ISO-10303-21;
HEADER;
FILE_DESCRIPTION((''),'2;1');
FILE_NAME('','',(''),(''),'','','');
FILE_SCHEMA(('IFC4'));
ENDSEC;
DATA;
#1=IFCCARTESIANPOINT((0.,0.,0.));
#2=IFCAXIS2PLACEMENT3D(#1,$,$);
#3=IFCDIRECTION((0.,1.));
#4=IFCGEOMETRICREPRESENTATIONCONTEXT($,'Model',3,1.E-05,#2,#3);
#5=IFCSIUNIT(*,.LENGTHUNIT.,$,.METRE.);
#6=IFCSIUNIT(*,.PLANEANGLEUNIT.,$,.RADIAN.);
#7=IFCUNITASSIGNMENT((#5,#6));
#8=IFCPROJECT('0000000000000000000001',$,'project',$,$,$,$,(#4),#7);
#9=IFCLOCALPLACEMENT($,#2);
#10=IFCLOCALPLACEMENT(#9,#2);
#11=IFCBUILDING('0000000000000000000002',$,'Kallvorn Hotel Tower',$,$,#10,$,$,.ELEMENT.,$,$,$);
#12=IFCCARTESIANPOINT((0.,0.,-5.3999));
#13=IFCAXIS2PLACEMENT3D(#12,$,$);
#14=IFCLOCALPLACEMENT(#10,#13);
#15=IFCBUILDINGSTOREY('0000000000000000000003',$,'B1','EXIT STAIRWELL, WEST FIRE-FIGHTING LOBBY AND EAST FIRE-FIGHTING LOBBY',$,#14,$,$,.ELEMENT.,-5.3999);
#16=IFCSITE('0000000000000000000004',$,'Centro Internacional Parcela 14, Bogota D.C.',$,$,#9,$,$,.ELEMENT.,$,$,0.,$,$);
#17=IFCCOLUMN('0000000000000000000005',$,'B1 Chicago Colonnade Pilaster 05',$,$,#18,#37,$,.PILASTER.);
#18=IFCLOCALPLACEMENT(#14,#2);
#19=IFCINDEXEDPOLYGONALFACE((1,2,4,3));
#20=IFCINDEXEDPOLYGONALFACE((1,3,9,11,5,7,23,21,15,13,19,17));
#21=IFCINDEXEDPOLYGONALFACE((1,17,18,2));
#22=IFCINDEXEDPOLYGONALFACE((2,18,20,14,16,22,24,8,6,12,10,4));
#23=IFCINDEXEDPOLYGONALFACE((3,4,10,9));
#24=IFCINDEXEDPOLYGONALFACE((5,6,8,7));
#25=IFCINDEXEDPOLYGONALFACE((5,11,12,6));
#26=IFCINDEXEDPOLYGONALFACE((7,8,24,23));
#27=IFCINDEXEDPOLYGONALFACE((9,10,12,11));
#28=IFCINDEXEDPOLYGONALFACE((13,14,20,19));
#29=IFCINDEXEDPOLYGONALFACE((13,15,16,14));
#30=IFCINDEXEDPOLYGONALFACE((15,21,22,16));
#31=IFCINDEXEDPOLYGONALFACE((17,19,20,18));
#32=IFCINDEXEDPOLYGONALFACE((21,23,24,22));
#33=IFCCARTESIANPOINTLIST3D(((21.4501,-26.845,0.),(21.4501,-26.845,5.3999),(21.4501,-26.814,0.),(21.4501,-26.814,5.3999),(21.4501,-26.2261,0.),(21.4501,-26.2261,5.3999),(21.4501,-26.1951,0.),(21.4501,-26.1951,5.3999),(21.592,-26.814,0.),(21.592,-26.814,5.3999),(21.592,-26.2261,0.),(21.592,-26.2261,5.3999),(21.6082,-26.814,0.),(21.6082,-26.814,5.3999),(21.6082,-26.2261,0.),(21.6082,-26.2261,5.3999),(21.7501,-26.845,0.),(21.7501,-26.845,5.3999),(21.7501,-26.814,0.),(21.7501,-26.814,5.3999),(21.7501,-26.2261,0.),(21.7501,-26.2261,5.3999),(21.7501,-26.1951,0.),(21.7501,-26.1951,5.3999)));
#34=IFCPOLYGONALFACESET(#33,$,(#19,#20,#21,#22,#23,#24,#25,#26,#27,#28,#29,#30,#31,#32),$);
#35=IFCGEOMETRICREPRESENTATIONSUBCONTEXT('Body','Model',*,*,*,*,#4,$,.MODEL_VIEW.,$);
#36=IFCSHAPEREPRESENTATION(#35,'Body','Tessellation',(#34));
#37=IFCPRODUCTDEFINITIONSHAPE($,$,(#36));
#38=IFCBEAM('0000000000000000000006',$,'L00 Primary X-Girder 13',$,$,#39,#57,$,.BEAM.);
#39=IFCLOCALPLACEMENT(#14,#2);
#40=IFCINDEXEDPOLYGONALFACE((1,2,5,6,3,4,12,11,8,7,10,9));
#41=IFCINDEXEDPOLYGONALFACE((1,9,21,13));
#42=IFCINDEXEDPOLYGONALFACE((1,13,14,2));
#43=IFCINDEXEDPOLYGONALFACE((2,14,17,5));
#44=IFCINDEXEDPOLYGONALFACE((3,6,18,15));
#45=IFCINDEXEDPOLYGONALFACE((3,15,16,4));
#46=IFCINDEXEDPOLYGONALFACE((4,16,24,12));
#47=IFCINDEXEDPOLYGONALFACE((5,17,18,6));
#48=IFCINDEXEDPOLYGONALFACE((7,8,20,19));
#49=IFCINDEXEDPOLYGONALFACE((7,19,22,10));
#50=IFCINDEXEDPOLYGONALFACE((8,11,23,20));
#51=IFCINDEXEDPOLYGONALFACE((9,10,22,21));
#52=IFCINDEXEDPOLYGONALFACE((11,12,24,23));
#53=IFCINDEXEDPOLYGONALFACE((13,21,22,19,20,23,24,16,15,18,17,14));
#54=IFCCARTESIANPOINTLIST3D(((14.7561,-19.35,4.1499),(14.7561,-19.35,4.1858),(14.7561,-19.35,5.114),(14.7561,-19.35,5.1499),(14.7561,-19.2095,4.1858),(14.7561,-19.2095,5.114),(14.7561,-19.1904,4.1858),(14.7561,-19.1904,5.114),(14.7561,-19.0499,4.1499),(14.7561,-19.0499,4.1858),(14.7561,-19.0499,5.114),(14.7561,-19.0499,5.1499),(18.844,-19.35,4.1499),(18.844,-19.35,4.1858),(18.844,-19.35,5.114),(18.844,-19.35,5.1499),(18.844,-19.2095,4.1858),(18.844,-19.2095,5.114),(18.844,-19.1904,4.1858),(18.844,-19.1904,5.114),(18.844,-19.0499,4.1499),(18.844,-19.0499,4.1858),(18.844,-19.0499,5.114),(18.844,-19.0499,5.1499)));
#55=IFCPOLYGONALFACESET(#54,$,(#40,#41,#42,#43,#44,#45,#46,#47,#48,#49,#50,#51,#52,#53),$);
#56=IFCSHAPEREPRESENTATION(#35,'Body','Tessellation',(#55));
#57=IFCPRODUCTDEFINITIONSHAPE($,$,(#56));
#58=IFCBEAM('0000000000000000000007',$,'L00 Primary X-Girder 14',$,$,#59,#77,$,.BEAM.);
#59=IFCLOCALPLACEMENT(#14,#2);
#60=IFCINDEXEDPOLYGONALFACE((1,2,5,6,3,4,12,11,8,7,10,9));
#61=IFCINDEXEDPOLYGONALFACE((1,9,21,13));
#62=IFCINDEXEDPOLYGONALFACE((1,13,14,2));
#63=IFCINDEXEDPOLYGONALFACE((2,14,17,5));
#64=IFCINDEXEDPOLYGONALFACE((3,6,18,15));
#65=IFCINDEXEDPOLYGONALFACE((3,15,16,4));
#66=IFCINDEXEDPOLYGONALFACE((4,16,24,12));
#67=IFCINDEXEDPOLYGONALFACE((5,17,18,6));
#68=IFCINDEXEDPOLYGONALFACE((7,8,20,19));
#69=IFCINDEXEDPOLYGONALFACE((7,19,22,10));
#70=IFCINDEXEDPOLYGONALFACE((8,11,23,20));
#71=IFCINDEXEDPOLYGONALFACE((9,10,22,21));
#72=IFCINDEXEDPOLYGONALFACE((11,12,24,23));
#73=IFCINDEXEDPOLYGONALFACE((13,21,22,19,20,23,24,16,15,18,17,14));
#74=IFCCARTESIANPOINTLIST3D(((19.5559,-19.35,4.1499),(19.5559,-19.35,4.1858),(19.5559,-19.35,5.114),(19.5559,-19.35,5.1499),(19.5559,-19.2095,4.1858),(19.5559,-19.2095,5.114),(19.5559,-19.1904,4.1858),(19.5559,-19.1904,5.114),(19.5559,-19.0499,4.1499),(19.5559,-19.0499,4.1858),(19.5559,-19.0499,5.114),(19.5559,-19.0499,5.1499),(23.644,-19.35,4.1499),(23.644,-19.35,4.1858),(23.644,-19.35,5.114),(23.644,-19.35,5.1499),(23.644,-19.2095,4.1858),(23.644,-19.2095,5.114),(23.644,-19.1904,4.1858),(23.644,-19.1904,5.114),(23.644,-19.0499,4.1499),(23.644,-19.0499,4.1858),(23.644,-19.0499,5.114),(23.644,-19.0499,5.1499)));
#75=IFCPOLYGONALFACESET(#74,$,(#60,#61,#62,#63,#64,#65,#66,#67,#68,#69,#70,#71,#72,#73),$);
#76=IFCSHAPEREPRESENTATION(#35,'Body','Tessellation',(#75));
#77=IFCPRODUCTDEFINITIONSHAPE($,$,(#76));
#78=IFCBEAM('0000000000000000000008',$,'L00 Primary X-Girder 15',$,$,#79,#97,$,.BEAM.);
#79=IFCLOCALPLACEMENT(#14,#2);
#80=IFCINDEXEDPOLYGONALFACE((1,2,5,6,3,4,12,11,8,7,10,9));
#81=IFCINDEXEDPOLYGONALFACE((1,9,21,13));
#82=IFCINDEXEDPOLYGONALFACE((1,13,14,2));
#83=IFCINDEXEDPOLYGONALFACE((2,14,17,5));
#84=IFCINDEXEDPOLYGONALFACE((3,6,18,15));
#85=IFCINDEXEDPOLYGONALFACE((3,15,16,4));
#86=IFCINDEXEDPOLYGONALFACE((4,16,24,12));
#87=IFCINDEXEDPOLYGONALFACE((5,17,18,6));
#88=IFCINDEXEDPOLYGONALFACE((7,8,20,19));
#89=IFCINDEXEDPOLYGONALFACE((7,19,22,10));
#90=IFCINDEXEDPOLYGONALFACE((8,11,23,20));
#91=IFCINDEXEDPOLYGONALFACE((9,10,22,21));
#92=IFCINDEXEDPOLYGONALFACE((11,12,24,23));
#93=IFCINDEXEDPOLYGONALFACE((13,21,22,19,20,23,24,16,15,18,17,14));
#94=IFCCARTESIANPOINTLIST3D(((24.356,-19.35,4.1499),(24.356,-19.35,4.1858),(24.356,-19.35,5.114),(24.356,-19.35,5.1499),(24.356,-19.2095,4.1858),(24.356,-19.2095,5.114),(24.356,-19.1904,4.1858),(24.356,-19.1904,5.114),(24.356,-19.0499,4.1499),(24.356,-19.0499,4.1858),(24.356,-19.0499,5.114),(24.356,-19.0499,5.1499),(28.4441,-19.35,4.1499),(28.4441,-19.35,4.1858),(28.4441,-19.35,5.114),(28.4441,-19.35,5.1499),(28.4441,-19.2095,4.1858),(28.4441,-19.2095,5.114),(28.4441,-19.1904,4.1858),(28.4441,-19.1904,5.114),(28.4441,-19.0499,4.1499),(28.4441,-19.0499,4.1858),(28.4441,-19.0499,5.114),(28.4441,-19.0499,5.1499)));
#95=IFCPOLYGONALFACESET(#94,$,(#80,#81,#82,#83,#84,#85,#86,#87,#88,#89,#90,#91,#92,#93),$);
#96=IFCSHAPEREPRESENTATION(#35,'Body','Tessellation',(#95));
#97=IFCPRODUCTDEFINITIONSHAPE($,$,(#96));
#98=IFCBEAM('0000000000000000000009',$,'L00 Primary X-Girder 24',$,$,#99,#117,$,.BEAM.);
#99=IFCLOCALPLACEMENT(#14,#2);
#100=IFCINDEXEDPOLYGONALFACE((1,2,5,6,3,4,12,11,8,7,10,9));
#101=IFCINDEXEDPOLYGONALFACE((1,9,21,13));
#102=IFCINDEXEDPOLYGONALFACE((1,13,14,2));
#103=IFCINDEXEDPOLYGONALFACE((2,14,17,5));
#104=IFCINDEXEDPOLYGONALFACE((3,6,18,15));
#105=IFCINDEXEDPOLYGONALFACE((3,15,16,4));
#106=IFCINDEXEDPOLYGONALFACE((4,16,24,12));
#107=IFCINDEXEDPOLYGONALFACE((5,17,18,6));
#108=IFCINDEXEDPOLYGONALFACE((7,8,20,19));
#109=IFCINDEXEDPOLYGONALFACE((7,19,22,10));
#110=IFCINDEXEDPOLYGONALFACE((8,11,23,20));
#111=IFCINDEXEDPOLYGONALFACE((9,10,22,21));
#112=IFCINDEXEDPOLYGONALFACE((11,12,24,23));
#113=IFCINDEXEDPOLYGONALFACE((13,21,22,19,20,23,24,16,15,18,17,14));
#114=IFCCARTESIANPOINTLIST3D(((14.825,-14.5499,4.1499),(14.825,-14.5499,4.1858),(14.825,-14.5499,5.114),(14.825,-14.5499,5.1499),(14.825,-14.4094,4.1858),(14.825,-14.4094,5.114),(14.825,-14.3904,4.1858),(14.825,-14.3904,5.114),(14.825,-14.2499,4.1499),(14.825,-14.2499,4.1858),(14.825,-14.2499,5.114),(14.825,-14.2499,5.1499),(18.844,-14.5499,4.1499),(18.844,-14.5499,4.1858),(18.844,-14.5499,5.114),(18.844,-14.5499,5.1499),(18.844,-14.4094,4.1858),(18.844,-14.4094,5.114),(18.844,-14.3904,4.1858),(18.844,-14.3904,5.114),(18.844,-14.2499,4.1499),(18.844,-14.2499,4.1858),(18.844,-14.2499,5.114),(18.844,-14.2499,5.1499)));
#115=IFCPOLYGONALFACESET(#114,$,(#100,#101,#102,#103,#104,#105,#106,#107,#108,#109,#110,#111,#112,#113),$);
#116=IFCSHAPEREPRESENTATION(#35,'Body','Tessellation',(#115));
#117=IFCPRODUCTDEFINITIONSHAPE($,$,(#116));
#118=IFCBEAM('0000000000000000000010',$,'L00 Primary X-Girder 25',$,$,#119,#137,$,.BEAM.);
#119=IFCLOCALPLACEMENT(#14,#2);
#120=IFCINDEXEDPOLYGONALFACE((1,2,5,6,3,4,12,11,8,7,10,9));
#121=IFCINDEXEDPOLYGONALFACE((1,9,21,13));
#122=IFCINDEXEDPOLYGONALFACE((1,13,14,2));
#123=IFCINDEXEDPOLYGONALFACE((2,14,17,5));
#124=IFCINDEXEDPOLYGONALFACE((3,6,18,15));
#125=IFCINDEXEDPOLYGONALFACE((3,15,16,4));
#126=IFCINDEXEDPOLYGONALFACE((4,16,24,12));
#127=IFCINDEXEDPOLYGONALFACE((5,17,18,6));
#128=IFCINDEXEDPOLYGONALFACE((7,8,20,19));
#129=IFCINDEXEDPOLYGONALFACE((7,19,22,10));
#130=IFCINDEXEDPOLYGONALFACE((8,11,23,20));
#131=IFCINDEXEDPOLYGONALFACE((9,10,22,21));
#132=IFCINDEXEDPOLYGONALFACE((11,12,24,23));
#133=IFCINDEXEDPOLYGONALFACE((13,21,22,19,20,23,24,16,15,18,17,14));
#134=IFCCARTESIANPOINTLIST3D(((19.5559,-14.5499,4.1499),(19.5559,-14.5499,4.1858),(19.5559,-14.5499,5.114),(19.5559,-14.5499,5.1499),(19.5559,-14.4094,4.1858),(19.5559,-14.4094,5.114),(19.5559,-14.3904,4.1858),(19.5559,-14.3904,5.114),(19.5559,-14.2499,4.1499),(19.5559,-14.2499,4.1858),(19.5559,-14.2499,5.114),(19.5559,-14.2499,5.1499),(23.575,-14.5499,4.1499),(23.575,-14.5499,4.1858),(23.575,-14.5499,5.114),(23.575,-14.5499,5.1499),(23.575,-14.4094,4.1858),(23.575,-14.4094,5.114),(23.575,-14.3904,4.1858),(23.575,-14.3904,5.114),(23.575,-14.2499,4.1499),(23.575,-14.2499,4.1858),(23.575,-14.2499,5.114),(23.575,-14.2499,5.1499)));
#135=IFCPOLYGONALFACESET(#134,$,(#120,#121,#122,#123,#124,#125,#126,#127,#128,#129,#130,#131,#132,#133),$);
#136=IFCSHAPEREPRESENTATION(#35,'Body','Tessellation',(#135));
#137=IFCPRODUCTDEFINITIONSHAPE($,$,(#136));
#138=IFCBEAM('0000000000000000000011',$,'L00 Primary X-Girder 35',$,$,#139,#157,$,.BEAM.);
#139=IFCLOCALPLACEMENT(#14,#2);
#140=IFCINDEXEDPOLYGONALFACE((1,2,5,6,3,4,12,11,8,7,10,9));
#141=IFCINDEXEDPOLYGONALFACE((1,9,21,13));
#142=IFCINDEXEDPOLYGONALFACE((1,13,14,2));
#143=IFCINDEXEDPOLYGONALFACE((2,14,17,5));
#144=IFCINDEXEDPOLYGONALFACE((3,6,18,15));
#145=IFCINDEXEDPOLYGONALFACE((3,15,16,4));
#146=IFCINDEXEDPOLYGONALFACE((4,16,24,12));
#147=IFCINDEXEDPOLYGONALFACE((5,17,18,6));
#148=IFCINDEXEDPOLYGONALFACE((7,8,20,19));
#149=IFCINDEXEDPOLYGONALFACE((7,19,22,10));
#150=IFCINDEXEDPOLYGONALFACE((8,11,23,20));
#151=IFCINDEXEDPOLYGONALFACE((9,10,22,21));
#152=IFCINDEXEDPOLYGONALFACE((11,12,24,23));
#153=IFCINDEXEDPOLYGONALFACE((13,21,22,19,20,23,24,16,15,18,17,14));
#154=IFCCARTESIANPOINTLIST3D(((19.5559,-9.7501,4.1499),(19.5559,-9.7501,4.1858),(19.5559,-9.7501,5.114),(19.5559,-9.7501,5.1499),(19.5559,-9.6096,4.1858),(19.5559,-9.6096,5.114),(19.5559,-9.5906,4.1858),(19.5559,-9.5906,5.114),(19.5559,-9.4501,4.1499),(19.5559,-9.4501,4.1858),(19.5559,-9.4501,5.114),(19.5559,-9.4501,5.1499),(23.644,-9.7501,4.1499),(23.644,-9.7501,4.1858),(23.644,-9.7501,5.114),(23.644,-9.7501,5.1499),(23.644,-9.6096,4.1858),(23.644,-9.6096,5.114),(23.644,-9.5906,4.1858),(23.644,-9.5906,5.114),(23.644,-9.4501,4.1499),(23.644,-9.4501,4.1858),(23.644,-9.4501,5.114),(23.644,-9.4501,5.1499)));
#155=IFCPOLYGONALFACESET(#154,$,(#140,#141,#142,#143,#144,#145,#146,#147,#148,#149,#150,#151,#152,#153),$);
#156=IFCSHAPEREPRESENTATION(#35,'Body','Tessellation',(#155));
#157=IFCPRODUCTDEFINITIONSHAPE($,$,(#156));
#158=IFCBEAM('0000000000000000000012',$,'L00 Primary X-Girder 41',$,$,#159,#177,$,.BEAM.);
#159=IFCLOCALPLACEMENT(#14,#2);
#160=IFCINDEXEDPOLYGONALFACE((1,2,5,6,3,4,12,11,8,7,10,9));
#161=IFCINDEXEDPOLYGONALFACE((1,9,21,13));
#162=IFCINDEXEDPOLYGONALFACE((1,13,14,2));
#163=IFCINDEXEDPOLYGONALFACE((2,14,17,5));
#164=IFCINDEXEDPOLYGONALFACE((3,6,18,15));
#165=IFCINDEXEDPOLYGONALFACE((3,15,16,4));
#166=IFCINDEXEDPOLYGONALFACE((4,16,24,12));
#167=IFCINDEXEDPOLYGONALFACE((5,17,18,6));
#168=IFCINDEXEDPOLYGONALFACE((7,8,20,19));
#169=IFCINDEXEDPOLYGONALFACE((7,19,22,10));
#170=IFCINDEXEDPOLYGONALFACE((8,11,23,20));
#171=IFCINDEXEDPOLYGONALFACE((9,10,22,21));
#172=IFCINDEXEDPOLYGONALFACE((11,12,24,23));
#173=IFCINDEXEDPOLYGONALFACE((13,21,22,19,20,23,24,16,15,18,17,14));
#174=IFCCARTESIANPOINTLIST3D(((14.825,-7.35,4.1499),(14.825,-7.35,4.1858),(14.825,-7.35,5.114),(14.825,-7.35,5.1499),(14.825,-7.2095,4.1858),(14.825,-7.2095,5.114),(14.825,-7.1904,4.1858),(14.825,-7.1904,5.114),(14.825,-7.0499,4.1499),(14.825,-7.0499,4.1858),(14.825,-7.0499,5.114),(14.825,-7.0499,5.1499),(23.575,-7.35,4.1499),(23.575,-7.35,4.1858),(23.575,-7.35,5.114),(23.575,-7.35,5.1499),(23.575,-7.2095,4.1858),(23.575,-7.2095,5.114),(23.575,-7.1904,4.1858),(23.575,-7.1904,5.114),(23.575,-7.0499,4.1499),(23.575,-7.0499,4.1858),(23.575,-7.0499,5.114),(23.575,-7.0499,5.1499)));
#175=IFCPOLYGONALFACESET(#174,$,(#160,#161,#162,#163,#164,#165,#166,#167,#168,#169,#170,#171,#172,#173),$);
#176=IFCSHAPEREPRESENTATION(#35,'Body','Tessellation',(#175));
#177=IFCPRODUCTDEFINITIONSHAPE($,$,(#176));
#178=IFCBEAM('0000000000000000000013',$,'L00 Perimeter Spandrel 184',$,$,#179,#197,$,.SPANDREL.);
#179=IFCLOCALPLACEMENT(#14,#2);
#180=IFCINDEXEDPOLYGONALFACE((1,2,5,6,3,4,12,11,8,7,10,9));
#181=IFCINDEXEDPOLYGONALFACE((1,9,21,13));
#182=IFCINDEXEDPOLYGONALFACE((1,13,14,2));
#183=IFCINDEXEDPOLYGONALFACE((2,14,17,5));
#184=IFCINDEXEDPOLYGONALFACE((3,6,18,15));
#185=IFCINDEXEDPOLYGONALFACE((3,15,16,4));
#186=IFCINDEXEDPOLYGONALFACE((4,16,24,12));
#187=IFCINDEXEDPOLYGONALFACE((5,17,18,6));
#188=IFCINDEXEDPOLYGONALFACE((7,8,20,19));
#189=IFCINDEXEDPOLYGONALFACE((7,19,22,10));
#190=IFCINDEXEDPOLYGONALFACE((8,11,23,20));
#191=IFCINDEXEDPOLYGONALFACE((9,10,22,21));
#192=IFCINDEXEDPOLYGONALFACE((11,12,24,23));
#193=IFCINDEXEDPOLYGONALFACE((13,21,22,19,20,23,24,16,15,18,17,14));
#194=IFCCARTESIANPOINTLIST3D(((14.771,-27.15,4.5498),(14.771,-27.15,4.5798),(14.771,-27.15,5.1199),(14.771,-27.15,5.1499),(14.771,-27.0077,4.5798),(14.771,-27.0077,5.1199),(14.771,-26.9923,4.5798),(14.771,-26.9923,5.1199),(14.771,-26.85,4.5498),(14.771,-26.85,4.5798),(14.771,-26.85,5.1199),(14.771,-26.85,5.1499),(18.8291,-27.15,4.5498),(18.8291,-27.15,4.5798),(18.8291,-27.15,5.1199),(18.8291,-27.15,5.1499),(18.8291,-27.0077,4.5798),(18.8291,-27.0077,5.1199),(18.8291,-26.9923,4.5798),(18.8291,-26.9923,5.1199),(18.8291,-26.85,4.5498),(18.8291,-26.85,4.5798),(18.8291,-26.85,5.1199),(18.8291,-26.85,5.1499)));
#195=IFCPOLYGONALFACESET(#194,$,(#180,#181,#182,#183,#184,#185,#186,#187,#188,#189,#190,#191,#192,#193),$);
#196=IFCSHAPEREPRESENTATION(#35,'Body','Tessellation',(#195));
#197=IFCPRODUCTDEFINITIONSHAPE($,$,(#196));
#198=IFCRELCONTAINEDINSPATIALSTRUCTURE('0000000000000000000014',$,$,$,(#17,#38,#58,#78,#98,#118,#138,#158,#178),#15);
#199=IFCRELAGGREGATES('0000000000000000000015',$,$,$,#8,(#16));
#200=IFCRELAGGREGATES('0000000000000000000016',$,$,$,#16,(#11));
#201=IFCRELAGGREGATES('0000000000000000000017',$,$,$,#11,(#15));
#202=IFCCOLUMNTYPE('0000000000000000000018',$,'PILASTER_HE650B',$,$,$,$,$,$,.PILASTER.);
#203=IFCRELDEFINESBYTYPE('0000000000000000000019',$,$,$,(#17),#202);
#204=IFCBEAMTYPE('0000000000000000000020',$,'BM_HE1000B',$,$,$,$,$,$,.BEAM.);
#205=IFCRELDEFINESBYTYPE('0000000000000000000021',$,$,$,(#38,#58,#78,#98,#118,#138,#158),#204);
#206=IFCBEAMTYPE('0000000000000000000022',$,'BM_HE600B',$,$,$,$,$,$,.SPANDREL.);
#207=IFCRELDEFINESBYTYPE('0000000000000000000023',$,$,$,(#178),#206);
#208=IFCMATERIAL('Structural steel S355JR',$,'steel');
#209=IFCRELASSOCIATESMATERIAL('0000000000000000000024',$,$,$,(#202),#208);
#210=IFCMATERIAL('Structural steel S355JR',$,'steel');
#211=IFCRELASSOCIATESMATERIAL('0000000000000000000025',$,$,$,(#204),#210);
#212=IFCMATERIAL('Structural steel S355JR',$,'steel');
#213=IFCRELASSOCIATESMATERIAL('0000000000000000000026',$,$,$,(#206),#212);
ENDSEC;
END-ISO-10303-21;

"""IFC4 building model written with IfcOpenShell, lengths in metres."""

from ifc_helpers import new_model, si_unit, direction, frame, origin, origin_2d, place, context, subcontext, project, spatial, i_section, extrude, material, material_profile, profile_set, type_object, element, save


model = new_model("IFC4")

# Units and contexts
model_context = context("Model", 3, precision=1e-05, world=origin(), true_north=direction((0.0, 1.0)))
body_context = subcontext(model_context, "Body", "Model", "MODEL_VIEW")
ifc_project = project(units=[si_unit("LENGTHUNIT", "METRE"), si_unit("PLANEANGLEUNIT", "RADIAN")], contexts=[model_context])

# Site, building, storey
site_placement = place(None, origin())
site = spatial("IfcSite", under=ifc_project, at=site_placement, Name="Centro Internacional Parcela 14, Bogota D.C.", CompositionType="ELEMENT", RefElevation=0.0)
building_placement = place(site_placement, origin())
building = spatial("IfcBuilding", under=site, at=building_placement, Name="Kallvorn Hotel Tower", CompositionType="ELEMENT")
storey_placement = place(building_placement, frame((0.0, 0.0, -5.3999)))
storey = spatial("IfcBuildingStorey", under=building, at=storey_placement, Name="B1", Description="EXIT STAIRWELL, WEST FIRE-FIGHTING LOBBY AND EAST FIRE-FIGHTING LOBBY", CompositionType="ELEMENT", Elevation=-5.3999)

# Column
ifc_material_1 = material(Name="Structural steel S355JR", Category="steel")
ifc_material_profile_1 = material_profile(ifc_material_1, i_section(OverallWidth=0.3, OverallDepth=0.6499, WebThickness=0.0161, FlangeThickness=0.031, at=origin_2d()), Name="HE 650 B")
ifc_profile_set_1 = profile_set([ifc_material_profile_1], Name="Structural steel S355JR")
column_type_1 = type_object("IfcColumnType", Name="PILASTER_HE650B", PredefinedType="PILASTER", material=ifc_profile_set_1)
column_placement = place(storey_placement, frame((21.6001, -26.52, 0.0), z_axis=(0.0, 0.0, 1.0), x_axis=(1.0, 0.0, 0.0)))
element("IfcColumn", 1, at=column_placement, inside=storey, type_object=column_type_1, Name="B1 Chicago Colonnade Pilaster 05", PredefinedType="PILASTER", context=body_context, shape_type="SweptSolid", body=[
    extrude(i_section(OverallWidth=0.3, OverallDepth=0.6499, WebThickness=0.0161, FlangeThickness=0.031, at=origin_2d()), origin(), (0.0, 0.0, 1.0), 5.3999),
])

# Beams
ifc_material_2 = material(Name="Structural steel S355JR", Category="steel")
ifc_material_profile_2 = material_profile(ifc_material_2, i_section(OverallWidth=0.3, OverallDepth=1.0, WebThickness=0.019, FlangeThickness=0.0359, at=origin_2d()), Name="HE 1000 B")
ifc_profile_set_2 = profile_set([ifc_material_profile_2], Name="Structural steel S355JR")
beam_type_1 = type_object("IfcBeamType", Name="BM_HE1000B", PredefinedType="BEAM", material=ifc_profile_set_2)
beam_1_placement = place(storey_placement, frame((14.7561, -19.2, 4.6499), z_axis=(1.0, 0.0, 0.0), x_axis=(0.0, 1.0, 0.0)))
element("IfcBeam", 2, at=beam_1_placement, inside=storey, type_object=beam_type_1, Name="L00 Primary X-Girder 13", PredefinedType="BEAM", context=body_context, shape_type="SweptSolid", body=[
    extrude(i_section(OverallWidth=0.3, OverallDepth=1.0, WebThickness=0.019, FlangeThickness=0.0359, at=origin_2d()), origin(), (0.0, 0.0, 1.0), 4.0879),
])
for number, where, z_axis, x_axis, name in (
    (3, (19.5559, -19.2, 4.6499), (1.0, 0.0, 0.0), (0.0, 1.0, 0.0), "L00 Primary X-Girder 14"),
    (4, (24.356, -19.2, 4.6499), (1.0, 0.0, 0.0), (0.0, 1.0, 0.0), "L00 Primary X-Girder 15"),
):
    element("IfcBeam", number, at=place(storey_placement, frame(where, z_axis=z_axis, x_axis=x_axis)), inside=storey, type_object=beam_type_1, Name=name, PredefinedType="BEAM", context=body_context, shape_type="SweptSolid", body=[
        extrude(i_section(OverallWidth=0.3, OverallDepth=1.0, WebThickness=0.019, FlangeThickness=0.0359, at=origin_2d()), origin(), (0.0, 0.0, 1.0), 4.0881),
    ])
for number, where, z_axis, x_axis, name in (
    (5, (14.825, -14.3999, 4.6499), (1.0, 0.0, 0.0), (0.0, 1.0, 0.0), "L00 Primary X-Girder 24"),
    (6, (19.5559, -14.3999, 4.6499), (1.0, 0.0, 0.0), (0.0, 1.0, 0.0), "L00 Primary X-Girder 25"),
):
    element("IfcBeam", number, at=place(storey_placement, frame(where, z_axis=z_axis, x_axis=x_axis)), inside=storey, type_object=beam_type_1, Name=name, PredefinedType="BEAM", context=body_context, shape_type="SweptSolid", body=[
        extrude(i_section(OverallWidth=0.3, OverallDepth=1.0, WebThickness=0.019, FlangeThickness=0.0359, at=origin_2d()), origin(), (0.0, 0.0, 1.0), 4.019),
    ])
beam_2_placement = place(storey_placement, frame((19.5559, -9.6001, 4.6499), z_axis=(1.0, 0.0, 0.0), x_axis=(0.0, 1.0, 0.0)))
element("IfcBeam", 7, at=beam_2_placement, inside=storey, type_object=beam_type_1, Name="L00 Primary X-Girder 35", PredefinedType="BEAM", context=body_context, shape_type="SweptSolid", body=[
    extrude(i_section(OverallWidth=0.3, OverallDepth=1.0, WebThickness=0.019, FlangeThickness=0.0359, at=origin_2d()), origin(), (0.0, 0.0, 1.0), 4.0881),
])
beam_3_placement = place(storey_placement, frame((14.825, -7.2, 4.6499), z_axis=(1.0, 0.0, 0.0), x_axis=(0.0, 1.0, 0.0)))
element("IfcBeam", 8, at=beam_3_placement, inside=storey, type_object=beam_type_1, Name="L00 Primary X-Girder 41", PredefinedType="BEAM", context=body_context, shape_type="SweptSolid", body=[
    extrude(i_section(OverallWidth=0.3, OverallDepth=1.0, WebThickness=0.019, FlangeThickness=0.0359, at=origin_2d()), origin(), (0.0, 0.0, 1.0), 8.75),
])
ifc_material_3 = material(Name="Structural steel S355JR", Category="steel")
ifc_material_profile_3 = material_profile(ifc_material_3, i_section(OverallWidth=0.3, OverallDepth=0.6001, WebThickness=0.0154, FlangeThickness=0.03, at=origin_2d()), Name="HE 600 B")
ifc_profile_set_3 = profile_set([ifc_material_profile_3], Name="Structural steel S355JR")
beam_type_2 = type_object("IfcBeamType", Name="BM_HE600B", PredefinedType="SPANDREL", material=ifc_profile_set_3)
beam_4_placement = place(storey_placement, frame((14.771, -27.0, 4.8499), z_axis=(1.0, 0.0, 0.0), x_axis=(0.0, 1.0, 0.0)))
element("IfcBeam", 9, at=beam_4_placement, inside=storey, type_object=beam_type_2, Name="L00 Perimeter Spandrel 184", PredefinedType="SPANDREL", context=body_context, shape_type="SweptSolid", body=[
    extrude(i_section(OverallWidth=0.3, OverallDepth=0.6001, WebThickness=0.0154, FlangeThickness=0.03, at=origin_2d()), origin(), (0.0, 0.0, 1.0), 4.0581),
])

save(model, "model.ifc")
